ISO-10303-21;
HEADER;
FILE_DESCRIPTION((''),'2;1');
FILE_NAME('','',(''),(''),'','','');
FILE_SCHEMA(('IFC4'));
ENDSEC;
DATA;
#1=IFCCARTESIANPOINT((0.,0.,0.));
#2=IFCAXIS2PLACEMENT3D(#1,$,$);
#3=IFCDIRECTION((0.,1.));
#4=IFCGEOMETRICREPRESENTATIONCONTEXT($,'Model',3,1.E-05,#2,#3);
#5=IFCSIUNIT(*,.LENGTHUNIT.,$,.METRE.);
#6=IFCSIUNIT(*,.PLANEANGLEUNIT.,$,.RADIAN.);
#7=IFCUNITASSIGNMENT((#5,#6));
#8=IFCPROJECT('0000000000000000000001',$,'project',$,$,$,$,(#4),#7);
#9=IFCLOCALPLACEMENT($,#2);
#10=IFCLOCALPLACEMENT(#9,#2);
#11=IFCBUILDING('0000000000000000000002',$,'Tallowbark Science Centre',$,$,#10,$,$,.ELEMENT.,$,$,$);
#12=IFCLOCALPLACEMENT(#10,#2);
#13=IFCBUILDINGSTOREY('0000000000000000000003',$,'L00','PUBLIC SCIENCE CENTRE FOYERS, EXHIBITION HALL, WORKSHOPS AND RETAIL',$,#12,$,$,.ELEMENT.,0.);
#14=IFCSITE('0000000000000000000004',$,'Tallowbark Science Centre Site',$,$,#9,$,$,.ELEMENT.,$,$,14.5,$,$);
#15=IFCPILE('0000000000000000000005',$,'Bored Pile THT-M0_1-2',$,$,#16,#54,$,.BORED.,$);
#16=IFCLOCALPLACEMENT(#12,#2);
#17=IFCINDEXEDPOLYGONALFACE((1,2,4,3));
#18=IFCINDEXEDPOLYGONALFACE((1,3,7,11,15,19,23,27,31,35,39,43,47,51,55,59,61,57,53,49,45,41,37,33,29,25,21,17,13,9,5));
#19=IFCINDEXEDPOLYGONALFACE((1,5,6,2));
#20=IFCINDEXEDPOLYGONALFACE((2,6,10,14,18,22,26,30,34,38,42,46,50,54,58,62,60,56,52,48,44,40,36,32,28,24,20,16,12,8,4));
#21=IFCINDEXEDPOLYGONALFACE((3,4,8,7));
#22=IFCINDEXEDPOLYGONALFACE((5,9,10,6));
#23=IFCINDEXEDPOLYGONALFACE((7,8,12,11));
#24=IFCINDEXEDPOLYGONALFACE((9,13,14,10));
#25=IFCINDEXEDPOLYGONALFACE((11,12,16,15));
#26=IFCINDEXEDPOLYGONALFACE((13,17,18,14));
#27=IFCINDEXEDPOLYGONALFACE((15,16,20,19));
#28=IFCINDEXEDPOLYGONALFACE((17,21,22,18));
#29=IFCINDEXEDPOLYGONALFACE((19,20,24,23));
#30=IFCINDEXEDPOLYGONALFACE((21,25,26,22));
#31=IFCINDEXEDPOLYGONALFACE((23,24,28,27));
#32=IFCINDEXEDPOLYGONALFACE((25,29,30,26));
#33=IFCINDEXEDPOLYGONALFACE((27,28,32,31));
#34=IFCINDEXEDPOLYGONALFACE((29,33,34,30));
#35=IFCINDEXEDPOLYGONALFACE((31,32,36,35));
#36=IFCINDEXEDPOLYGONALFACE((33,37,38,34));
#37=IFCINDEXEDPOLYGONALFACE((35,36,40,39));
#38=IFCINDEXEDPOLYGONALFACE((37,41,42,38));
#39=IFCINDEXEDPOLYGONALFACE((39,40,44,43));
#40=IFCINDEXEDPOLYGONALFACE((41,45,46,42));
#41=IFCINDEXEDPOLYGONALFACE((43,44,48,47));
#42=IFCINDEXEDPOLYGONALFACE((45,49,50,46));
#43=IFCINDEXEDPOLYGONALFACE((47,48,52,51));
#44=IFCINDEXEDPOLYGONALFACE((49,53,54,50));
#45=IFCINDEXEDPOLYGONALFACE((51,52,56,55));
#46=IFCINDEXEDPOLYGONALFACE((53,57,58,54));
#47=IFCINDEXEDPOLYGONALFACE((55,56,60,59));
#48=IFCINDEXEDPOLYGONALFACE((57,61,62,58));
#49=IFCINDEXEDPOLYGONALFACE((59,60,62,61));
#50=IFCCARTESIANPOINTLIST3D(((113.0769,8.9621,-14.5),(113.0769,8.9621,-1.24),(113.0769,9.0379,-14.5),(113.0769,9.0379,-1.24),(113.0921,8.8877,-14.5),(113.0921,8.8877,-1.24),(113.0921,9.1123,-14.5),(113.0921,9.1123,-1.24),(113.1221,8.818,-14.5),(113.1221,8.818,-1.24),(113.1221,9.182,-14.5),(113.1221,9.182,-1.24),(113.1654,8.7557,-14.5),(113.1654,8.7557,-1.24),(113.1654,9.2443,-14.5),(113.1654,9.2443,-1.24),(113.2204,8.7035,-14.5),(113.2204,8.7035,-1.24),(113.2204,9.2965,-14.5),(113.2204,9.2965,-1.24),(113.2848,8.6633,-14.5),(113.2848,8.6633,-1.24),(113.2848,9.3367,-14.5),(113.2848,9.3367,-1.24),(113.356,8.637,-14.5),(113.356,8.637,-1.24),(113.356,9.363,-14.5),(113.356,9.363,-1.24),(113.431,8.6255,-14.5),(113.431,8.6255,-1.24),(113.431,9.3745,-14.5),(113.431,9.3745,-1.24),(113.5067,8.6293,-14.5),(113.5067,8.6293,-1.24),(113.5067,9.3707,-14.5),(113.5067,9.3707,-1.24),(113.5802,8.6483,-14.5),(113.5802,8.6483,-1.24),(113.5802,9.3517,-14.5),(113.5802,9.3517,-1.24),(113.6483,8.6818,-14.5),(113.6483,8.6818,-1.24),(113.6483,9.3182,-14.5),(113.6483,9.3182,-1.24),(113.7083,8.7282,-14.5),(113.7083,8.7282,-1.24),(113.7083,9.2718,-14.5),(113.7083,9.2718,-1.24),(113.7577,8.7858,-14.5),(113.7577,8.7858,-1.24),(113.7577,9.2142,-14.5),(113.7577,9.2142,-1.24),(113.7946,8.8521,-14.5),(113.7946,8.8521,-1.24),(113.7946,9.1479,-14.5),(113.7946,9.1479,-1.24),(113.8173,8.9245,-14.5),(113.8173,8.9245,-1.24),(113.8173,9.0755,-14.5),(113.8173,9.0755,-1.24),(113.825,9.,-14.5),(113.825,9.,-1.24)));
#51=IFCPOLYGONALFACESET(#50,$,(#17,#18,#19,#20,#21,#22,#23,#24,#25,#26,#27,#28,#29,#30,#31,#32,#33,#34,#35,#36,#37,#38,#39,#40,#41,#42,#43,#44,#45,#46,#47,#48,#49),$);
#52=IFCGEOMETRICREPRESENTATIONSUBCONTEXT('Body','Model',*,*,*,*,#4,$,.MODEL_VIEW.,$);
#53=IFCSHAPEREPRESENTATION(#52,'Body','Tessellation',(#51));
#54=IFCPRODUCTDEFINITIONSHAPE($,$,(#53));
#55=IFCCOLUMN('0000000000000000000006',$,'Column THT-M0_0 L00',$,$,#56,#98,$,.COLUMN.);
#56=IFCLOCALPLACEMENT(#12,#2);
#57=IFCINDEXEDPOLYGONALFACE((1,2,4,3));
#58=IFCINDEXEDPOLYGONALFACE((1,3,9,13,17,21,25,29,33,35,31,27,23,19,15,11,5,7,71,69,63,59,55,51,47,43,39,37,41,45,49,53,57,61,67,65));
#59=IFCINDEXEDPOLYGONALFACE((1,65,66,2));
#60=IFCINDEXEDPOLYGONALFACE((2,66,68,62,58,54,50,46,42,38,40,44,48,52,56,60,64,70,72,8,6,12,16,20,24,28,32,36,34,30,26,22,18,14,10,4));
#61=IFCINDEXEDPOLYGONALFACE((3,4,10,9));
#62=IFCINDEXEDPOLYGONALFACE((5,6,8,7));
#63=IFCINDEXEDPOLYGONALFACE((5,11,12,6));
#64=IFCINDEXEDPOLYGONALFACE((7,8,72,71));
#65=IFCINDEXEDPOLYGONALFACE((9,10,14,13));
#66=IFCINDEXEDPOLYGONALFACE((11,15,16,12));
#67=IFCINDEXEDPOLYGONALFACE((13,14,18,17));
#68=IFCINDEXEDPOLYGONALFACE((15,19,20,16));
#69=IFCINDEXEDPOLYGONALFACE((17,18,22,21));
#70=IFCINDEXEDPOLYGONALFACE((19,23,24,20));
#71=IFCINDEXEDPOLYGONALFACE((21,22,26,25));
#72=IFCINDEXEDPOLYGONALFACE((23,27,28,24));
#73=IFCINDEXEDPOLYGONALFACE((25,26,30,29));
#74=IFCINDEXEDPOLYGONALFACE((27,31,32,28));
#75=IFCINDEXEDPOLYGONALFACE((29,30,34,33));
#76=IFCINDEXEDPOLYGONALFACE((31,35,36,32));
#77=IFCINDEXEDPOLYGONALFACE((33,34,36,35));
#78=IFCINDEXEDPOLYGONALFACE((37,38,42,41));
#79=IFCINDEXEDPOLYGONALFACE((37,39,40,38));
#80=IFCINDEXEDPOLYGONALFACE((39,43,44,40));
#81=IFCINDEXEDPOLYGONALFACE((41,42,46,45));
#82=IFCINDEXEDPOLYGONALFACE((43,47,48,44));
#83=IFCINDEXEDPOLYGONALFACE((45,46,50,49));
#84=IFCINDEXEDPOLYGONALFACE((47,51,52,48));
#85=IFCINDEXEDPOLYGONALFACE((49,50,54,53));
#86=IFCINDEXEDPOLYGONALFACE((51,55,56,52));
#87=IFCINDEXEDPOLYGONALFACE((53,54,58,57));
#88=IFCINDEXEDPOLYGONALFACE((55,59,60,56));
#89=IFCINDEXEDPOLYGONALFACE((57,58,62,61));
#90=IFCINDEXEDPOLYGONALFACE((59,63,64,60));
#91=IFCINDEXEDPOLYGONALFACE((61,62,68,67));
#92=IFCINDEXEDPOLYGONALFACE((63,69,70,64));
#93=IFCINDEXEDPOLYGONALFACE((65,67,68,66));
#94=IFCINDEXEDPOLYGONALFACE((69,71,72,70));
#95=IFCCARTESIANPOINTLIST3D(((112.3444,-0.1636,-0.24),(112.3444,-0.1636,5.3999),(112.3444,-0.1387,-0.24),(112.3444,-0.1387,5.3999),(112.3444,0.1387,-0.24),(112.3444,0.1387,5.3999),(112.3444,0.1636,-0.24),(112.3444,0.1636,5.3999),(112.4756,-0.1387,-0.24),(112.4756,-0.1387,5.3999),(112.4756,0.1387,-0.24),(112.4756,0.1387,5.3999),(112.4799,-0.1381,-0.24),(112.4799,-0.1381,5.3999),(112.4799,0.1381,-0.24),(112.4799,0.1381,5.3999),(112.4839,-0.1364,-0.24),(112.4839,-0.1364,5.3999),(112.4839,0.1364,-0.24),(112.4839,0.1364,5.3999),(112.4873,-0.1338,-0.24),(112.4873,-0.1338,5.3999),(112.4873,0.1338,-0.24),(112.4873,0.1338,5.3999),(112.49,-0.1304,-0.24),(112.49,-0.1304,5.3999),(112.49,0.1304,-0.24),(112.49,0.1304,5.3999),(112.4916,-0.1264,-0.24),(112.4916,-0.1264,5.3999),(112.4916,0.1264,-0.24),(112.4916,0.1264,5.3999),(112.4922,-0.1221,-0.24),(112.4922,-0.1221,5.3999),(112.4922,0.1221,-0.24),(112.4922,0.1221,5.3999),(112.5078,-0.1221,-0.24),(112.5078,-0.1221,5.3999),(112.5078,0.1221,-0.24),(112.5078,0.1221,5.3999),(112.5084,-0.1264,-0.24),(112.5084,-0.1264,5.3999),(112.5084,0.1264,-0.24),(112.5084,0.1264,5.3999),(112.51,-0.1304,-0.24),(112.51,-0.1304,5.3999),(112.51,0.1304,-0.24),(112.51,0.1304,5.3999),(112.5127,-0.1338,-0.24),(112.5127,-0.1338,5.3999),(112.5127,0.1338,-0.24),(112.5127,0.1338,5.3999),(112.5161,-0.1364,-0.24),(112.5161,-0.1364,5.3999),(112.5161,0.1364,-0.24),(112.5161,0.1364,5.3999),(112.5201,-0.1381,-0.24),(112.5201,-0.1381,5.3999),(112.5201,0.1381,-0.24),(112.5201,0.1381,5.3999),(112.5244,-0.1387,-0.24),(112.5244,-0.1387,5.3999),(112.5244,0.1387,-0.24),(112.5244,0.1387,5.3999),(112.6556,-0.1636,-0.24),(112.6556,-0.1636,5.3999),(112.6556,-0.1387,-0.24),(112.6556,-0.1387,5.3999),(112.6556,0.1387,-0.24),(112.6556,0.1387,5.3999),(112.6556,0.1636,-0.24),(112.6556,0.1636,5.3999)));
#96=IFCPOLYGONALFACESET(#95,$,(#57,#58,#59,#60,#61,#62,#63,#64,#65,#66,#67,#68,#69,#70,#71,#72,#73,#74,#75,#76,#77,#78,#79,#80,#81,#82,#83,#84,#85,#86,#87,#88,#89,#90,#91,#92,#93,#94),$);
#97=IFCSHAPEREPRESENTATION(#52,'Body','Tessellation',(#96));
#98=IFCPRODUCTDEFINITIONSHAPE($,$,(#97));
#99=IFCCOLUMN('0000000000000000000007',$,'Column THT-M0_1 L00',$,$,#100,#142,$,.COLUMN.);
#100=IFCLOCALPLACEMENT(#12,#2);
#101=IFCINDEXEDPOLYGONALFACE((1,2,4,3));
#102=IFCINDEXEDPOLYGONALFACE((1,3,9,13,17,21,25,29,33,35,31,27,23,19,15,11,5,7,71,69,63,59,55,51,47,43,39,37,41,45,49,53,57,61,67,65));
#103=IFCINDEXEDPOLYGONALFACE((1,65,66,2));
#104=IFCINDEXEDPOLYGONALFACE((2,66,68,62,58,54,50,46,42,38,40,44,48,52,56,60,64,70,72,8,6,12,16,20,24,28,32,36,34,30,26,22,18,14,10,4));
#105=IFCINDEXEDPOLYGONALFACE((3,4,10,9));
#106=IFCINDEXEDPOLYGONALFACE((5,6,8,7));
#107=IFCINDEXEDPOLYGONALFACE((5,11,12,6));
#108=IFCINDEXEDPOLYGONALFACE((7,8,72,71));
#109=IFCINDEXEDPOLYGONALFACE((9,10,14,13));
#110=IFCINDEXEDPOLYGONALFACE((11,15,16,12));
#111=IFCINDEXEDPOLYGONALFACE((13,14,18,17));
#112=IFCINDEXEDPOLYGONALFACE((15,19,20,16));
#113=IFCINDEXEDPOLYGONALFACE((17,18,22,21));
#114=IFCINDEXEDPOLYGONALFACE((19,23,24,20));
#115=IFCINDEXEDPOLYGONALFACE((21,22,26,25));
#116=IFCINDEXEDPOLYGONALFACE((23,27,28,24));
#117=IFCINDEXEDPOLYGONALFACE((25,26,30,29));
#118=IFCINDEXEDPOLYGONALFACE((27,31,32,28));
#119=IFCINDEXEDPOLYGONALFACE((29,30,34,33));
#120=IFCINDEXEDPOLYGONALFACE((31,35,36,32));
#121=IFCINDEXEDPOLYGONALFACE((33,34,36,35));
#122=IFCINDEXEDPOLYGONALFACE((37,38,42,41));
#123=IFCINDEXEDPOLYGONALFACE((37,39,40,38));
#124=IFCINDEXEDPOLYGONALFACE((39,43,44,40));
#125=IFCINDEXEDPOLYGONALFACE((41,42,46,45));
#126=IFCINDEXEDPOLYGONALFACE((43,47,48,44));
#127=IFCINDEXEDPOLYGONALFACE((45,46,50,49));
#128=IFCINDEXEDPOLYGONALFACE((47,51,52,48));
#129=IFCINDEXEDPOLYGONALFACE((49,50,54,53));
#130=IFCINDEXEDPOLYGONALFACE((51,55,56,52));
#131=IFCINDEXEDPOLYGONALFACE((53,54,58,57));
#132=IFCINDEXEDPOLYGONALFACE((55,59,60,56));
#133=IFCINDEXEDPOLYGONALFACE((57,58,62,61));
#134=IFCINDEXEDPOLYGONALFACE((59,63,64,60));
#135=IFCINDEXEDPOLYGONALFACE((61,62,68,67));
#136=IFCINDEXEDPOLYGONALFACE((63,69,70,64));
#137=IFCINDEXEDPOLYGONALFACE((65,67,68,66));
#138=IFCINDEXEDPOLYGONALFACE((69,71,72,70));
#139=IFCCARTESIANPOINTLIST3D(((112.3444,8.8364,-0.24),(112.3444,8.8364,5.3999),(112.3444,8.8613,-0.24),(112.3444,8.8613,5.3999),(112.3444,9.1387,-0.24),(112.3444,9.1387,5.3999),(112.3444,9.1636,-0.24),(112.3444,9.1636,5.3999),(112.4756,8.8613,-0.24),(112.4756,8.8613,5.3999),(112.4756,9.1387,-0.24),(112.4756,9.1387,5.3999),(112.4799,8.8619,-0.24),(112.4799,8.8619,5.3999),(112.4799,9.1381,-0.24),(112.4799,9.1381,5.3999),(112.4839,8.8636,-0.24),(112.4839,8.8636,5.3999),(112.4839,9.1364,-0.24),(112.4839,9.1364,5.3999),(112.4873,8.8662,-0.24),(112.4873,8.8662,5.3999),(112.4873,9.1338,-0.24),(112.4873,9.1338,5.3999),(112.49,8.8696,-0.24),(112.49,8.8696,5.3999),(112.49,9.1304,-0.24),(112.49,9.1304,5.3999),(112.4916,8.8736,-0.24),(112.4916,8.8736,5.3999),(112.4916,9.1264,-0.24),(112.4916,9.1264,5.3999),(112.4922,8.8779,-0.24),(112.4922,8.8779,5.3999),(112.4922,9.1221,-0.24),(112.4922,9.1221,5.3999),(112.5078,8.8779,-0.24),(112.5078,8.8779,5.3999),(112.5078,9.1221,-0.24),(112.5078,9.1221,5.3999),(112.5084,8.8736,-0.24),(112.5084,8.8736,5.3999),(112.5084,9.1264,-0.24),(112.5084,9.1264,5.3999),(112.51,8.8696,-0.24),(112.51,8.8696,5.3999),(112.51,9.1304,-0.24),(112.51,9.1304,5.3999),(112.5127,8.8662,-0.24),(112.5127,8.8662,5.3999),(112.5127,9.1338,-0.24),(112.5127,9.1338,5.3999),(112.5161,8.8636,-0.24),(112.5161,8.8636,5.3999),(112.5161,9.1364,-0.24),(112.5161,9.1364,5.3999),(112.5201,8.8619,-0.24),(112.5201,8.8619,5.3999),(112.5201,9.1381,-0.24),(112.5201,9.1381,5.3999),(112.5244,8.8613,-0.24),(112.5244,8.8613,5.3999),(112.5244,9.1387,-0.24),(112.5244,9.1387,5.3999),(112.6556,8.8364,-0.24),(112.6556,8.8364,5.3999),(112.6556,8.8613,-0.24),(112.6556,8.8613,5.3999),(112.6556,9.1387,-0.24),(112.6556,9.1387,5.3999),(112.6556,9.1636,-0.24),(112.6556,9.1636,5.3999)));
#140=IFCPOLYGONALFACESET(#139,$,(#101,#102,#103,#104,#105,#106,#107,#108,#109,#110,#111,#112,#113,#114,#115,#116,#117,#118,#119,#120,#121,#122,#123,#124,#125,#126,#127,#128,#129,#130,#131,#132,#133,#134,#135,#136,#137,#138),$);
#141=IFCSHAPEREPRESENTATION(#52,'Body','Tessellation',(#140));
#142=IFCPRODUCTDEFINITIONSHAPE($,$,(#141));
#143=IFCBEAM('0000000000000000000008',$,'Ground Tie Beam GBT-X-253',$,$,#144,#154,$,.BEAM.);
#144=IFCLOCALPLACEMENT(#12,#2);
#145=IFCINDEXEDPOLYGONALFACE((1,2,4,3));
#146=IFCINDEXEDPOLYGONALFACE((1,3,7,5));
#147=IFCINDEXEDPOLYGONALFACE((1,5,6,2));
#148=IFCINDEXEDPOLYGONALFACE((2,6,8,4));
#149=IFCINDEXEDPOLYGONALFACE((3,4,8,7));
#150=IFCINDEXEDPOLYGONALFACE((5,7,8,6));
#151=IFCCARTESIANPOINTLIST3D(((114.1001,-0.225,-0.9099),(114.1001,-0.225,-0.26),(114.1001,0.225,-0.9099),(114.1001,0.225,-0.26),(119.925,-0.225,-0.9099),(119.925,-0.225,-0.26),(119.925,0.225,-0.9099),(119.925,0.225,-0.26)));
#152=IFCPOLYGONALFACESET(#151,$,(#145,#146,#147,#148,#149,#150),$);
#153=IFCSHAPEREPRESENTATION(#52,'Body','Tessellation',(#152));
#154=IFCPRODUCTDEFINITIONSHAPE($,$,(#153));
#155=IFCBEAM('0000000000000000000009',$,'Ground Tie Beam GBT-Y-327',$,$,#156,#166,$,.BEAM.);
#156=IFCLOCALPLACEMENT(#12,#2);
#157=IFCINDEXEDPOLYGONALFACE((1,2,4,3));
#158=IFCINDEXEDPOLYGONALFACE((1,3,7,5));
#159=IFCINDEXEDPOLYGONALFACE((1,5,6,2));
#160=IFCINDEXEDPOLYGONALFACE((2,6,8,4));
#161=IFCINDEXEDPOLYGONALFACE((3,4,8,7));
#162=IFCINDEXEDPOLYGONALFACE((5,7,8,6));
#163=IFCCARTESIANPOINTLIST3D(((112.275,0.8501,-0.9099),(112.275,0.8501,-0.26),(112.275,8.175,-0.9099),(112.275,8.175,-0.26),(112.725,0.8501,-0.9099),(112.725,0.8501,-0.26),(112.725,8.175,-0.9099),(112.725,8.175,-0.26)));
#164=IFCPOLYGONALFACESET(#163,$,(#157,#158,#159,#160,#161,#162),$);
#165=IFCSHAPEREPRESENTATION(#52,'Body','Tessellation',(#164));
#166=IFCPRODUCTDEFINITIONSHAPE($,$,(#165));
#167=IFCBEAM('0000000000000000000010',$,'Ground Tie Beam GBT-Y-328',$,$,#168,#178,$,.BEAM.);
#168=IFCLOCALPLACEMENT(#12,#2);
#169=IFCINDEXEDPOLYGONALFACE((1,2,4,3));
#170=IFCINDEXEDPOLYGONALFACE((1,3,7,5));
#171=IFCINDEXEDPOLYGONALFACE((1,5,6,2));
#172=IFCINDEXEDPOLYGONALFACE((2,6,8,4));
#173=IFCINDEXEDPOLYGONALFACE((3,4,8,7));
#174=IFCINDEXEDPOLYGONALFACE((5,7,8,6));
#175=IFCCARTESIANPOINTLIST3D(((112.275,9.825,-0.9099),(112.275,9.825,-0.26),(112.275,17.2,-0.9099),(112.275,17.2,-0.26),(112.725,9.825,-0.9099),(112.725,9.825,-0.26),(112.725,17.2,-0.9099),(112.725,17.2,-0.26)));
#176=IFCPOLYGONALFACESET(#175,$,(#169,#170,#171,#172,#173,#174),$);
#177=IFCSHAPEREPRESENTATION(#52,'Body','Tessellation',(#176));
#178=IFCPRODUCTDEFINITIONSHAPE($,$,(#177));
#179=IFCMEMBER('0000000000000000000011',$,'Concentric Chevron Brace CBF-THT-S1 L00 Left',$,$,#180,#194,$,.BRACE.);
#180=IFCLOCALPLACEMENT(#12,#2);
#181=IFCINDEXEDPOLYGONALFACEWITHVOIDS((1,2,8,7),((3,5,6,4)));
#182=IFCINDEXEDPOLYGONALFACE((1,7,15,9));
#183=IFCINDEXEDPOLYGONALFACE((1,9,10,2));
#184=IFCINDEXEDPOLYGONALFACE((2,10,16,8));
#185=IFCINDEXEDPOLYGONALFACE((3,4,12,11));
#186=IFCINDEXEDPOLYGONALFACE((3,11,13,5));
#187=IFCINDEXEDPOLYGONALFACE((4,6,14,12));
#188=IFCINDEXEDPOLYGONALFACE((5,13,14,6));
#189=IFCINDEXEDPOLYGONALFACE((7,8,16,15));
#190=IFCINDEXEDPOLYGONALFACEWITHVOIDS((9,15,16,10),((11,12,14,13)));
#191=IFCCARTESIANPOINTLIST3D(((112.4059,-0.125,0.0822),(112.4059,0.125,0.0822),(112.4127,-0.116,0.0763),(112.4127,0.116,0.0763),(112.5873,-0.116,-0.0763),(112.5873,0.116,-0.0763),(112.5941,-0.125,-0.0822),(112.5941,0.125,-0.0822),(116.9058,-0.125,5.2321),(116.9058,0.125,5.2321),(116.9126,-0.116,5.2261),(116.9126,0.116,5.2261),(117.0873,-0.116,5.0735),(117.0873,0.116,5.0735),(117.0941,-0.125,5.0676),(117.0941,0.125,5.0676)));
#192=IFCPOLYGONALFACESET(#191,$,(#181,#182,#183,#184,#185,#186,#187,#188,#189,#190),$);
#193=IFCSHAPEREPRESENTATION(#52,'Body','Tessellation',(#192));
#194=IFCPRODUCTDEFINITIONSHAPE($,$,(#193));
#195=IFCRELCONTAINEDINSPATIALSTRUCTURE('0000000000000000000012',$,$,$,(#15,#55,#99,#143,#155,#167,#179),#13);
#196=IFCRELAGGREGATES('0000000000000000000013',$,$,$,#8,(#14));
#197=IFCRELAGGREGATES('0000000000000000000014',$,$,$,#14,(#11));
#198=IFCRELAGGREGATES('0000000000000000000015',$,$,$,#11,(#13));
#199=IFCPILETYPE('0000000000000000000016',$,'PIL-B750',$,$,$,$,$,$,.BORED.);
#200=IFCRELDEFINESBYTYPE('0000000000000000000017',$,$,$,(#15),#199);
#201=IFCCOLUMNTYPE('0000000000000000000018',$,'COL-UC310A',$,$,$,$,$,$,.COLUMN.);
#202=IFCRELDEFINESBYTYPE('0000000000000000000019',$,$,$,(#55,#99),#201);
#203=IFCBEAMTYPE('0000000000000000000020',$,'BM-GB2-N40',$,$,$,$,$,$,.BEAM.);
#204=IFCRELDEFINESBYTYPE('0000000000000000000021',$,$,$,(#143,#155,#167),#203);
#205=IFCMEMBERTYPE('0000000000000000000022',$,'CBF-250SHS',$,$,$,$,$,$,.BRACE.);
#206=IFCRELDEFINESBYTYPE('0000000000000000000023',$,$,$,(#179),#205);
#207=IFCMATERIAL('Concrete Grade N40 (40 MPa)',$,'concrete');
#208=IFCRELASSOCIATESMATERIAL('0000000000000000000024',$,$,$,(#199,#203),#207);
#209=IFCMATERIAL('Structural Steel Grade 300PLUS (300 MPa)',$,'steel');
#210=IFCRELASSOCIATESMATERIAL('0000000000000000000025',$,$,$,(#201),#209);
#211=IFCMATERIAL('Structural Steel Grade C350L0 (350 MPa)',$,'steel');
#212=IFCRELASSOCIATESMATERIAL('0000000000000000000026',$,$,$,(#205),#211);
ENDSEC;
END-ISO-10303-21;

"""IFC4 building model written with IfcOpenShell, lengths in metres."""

from ifc_helpers import new_model, si_unit, direction, frame, origin, origin_2d, place, context, subcontext, project, spatial, rectangle, hollow_rectangle, circle, i_section, extrude, material, material_profile, profile_set, type_object, element, save


model = new_model("IFC4")

# Units and contexts
model_context = context("Model", 3, precision=1e-05, world=origin(), true_north=direction((0.0, 1.0)))
body_context = subcontext(model_context, "Body", "Model", "MODEL_VIEW")
ifc_project = project(units=[si_unit("LENGTHUNIT", "METRE"), si_unit("PLANEANGLEUNIT", "RADIAN")], contexts=[model_context])

# Site, building, storey
site_placement = place(None, origin())
site = spatial("IfcSite", under=ifc_project, at=site_placement, Name="Tallowbark Science Centre Site", CompositionType="ELEMENT", RefElevation=14.5)
building_placement = place(site_placement, origin())
building = spatial("IfcBuilding", under=site, at=building_placement, Name="Tallowbark Science Centre", CompositionType="ELEMENT")
storey_placement = place(building_placement, origin())
storey = spatial("IfcBuildingStorey", under=building, at=storey_placement, Name="L00", Description="PUBLIC SCIENCE CENTRE FOYERS, EXHIBITION HALL, WORKSHOPS AND RETAIL", CompositionType="ELEMENT", Elevation=0.0)

# Shared definitions
ifc_material_1 = material(Name="Concrete Grade N40 (40 MPa)", Category="concrete")

# Pile
ifc_material_profile_1 = material_profile(ifc_material_1, circle(Radius=0.375, at=origin_2d()), Name="PILE750")
ifc_profile_set_1 = profile_set([ifc_material_profile_1], Name="Concrete Grade N40 (40 MPa)")
pile_type = type_object("IfcPileType", Name="PIL-B750", PredefinedType="BORED", material=ifc_profile_set_1)
for number, where, z_axis, x_axis, name in (
    (1, (113.45, 9.0, -1.24), (0.0, 0.0, -1.0), (1.0, 0.0, 0.0), "Bored Pile THT-M0_1-2"),
):
    element("IfcPile", number, at=place(storey_placement, frame(where, z_axis=z_axis, x_axis=x_axis)), inside=storey, type_object=pile_type, Name=name, PredefinedType="BORED", context=body_context, shape_type="SweptSolid", body=[
        extrude(circle(Radius=0.375, at=origin_2d()), origin(), (0.0, 0.0, 1.0), 13.26),
    ])

# Columns
ifc_material_2 = material(Name="Structural Steel Grade 300PLUS (300 MPa)", Category="steel")
ifc_material_profile_2 = material_profile(ifc_material_2, i_section(OverallWidth=0.3113, OverallDepth=0.3271, WebThickness=0.0156, FlangeThickness=0.0249, FilletRadius=0.0166, at=origin_2d()), Name="310UC158")
ifc_profile_set_2 = profile_set([ifc_material_profile_2], Name="Structural Steel Grade 300PLUS (300 MPa)")
column_type = type_object("IfcColumnType", Name="COL-UC310A", PredefinedType="COLUMN", material=ifc_profile_set_2)
for number, where, z_axis, x_axis, name in (
    (2, (112.5, 0.0, -0.24), (0.0, 0.0, 1.0), (1.0, 0.0, 0.0), "Column THT-M0_0 L00"),
    (3, (112.5, 9.0, -0.24), (0.0, 0.0, 1.0), (1.0, 0.0, 0.0), "Column THT-M0_1 L00"),
):
    element("IfcColumn", number, at=place(storey_placement, frame(where, z_axis=z_axis, x_axis=x_axis)), inside=storey, type_object=column_type, Name=name, PredefinedType="COLUMN", context=body_context, shape_type="SweptSolid", body=[
        extrude(i_section(OverallWidth=0.3113, OverallDepth=0.3271, WebThickness=0.0156, FlangeThickness=0.0249, FilletRadius=0.0166, at=origin_2d()), origin(), (0.0, 0.0, 1.0), 5.6399),
    ])

# Beams
ifc_material_profile_3 = material_profile(ifc_material_1, rectangle(XDim=0.45, YDim=0.6499, at=origin_2d()), Name="RC450x650")
ifc_profile_set_3 = profile_set([ifc_material_profile_3], Name="Concrete Grade N40 (40 MPa)")
beam_type = type_object("IfcBeamType", Name="BM-GB2-N40", PredefinedType="BEAM", material=ifc_profile_set_3)
beam_1_placement = place(storey_placement, frame((114.1001, 0.0, -0.585), z_axis=(1.0, 0.0, 0.0), x_axis=(0.0, 1.0, 0.0)))
element("IfcBeam", 4, at=beam_1_placement, inside=storey, type_object=beam_type, Name="Ground Tie Beam GBT-X-253", PredefinedType="BEAM", context=body_context, shape_type="SweptSolid", body=[
    extrude(rectangle(XDim=0.45, YDim=0.6499, at=origin_2d()), origin(), (0.0, 0.0, 1.0), 5.825),
])
beam_2_placement = place(storey_placement, frame((112.5, 0.8501, -0.585), z_axis=(0.0, 1.0, 0.0), x_axis=(-1.0, 0.0, 0.0)))
element("IfcBeam", 5, at=beam_2_placement, inside=storey, type_object=beam_type, Name="Ground Tie Beam GBT-Y-327", PredefinedType="BEAM", context=body_context, shape_type="SweptSolid", body=[
    extrude(rectangle(XDim=0.45, YDim=0.6499, at=origin_2d()), origin(), (0.0, 0.0, 1.0), 7.325),
])
beam_3_placement = place(storey_placement, frame((112.5, 9.825, -0.585), z_axis=(0.0, 1.0, 0.0), x_axis=(-1.0, 0.0, 0.0)))
element("IfcBeam", 6, at=beam_3_placement, inside=storey, type_object=beam_type, Name="Ground Tie Beam GBT-Y-328", PredefinedType="BEAM", context=body_context, shape_type="SweptSolid", body=[
    extrude(rectangle(XDim=0.45, YDim=0.6499, at=origin_2d()), origin(), (0.0, 0.0, 1.0), 7.375),
])

# Member
ifc_material_3 = material(Name="Structural Steel Grade C350L0 (350 MPa)", Category="steel")
ifc_material_profile_4 = material_profile(ifc_material_3, hollow_rectangle(XDim=0.25, YDim=0.25, WallThickness=0.009, at=origin_2d()), Name="250x250x9.0SHS")
ifc_profile_set_4 = profile_set([ifc_material_profile_4], Name="Structural Steel Grade C350L0 (350 MPa)")
member_type_1 = type_object("IfcMemberType", Name="CBF-250SHS", PredefinedType="BRACE", material=ifc_profile_set_4)
member_1_placement = place(storey_placement, frame((112.5, 0.0, 0.0), z_axis=(0.657994, 0.0, 0.753023), x_axis=(0.0, 1.0, 0.0)))
element("IfcMember", 7, at=member_1_placement, inside=storey, type_object=member_type_1, Name="Concentric Chevron Brace CBF-THT-S1 L00 Left", PredefinedType="BRACE", context=body_context, shape_type="SweptSolid", body=[
    extrude(hollow_rectangle(XDim=0.25, YDim=0.25, WallThickness=0.009, at=origin_2d()), origin(), (0.0, 0.0, 1.0), 6.8389),
])

save(model, "model.ifc")
